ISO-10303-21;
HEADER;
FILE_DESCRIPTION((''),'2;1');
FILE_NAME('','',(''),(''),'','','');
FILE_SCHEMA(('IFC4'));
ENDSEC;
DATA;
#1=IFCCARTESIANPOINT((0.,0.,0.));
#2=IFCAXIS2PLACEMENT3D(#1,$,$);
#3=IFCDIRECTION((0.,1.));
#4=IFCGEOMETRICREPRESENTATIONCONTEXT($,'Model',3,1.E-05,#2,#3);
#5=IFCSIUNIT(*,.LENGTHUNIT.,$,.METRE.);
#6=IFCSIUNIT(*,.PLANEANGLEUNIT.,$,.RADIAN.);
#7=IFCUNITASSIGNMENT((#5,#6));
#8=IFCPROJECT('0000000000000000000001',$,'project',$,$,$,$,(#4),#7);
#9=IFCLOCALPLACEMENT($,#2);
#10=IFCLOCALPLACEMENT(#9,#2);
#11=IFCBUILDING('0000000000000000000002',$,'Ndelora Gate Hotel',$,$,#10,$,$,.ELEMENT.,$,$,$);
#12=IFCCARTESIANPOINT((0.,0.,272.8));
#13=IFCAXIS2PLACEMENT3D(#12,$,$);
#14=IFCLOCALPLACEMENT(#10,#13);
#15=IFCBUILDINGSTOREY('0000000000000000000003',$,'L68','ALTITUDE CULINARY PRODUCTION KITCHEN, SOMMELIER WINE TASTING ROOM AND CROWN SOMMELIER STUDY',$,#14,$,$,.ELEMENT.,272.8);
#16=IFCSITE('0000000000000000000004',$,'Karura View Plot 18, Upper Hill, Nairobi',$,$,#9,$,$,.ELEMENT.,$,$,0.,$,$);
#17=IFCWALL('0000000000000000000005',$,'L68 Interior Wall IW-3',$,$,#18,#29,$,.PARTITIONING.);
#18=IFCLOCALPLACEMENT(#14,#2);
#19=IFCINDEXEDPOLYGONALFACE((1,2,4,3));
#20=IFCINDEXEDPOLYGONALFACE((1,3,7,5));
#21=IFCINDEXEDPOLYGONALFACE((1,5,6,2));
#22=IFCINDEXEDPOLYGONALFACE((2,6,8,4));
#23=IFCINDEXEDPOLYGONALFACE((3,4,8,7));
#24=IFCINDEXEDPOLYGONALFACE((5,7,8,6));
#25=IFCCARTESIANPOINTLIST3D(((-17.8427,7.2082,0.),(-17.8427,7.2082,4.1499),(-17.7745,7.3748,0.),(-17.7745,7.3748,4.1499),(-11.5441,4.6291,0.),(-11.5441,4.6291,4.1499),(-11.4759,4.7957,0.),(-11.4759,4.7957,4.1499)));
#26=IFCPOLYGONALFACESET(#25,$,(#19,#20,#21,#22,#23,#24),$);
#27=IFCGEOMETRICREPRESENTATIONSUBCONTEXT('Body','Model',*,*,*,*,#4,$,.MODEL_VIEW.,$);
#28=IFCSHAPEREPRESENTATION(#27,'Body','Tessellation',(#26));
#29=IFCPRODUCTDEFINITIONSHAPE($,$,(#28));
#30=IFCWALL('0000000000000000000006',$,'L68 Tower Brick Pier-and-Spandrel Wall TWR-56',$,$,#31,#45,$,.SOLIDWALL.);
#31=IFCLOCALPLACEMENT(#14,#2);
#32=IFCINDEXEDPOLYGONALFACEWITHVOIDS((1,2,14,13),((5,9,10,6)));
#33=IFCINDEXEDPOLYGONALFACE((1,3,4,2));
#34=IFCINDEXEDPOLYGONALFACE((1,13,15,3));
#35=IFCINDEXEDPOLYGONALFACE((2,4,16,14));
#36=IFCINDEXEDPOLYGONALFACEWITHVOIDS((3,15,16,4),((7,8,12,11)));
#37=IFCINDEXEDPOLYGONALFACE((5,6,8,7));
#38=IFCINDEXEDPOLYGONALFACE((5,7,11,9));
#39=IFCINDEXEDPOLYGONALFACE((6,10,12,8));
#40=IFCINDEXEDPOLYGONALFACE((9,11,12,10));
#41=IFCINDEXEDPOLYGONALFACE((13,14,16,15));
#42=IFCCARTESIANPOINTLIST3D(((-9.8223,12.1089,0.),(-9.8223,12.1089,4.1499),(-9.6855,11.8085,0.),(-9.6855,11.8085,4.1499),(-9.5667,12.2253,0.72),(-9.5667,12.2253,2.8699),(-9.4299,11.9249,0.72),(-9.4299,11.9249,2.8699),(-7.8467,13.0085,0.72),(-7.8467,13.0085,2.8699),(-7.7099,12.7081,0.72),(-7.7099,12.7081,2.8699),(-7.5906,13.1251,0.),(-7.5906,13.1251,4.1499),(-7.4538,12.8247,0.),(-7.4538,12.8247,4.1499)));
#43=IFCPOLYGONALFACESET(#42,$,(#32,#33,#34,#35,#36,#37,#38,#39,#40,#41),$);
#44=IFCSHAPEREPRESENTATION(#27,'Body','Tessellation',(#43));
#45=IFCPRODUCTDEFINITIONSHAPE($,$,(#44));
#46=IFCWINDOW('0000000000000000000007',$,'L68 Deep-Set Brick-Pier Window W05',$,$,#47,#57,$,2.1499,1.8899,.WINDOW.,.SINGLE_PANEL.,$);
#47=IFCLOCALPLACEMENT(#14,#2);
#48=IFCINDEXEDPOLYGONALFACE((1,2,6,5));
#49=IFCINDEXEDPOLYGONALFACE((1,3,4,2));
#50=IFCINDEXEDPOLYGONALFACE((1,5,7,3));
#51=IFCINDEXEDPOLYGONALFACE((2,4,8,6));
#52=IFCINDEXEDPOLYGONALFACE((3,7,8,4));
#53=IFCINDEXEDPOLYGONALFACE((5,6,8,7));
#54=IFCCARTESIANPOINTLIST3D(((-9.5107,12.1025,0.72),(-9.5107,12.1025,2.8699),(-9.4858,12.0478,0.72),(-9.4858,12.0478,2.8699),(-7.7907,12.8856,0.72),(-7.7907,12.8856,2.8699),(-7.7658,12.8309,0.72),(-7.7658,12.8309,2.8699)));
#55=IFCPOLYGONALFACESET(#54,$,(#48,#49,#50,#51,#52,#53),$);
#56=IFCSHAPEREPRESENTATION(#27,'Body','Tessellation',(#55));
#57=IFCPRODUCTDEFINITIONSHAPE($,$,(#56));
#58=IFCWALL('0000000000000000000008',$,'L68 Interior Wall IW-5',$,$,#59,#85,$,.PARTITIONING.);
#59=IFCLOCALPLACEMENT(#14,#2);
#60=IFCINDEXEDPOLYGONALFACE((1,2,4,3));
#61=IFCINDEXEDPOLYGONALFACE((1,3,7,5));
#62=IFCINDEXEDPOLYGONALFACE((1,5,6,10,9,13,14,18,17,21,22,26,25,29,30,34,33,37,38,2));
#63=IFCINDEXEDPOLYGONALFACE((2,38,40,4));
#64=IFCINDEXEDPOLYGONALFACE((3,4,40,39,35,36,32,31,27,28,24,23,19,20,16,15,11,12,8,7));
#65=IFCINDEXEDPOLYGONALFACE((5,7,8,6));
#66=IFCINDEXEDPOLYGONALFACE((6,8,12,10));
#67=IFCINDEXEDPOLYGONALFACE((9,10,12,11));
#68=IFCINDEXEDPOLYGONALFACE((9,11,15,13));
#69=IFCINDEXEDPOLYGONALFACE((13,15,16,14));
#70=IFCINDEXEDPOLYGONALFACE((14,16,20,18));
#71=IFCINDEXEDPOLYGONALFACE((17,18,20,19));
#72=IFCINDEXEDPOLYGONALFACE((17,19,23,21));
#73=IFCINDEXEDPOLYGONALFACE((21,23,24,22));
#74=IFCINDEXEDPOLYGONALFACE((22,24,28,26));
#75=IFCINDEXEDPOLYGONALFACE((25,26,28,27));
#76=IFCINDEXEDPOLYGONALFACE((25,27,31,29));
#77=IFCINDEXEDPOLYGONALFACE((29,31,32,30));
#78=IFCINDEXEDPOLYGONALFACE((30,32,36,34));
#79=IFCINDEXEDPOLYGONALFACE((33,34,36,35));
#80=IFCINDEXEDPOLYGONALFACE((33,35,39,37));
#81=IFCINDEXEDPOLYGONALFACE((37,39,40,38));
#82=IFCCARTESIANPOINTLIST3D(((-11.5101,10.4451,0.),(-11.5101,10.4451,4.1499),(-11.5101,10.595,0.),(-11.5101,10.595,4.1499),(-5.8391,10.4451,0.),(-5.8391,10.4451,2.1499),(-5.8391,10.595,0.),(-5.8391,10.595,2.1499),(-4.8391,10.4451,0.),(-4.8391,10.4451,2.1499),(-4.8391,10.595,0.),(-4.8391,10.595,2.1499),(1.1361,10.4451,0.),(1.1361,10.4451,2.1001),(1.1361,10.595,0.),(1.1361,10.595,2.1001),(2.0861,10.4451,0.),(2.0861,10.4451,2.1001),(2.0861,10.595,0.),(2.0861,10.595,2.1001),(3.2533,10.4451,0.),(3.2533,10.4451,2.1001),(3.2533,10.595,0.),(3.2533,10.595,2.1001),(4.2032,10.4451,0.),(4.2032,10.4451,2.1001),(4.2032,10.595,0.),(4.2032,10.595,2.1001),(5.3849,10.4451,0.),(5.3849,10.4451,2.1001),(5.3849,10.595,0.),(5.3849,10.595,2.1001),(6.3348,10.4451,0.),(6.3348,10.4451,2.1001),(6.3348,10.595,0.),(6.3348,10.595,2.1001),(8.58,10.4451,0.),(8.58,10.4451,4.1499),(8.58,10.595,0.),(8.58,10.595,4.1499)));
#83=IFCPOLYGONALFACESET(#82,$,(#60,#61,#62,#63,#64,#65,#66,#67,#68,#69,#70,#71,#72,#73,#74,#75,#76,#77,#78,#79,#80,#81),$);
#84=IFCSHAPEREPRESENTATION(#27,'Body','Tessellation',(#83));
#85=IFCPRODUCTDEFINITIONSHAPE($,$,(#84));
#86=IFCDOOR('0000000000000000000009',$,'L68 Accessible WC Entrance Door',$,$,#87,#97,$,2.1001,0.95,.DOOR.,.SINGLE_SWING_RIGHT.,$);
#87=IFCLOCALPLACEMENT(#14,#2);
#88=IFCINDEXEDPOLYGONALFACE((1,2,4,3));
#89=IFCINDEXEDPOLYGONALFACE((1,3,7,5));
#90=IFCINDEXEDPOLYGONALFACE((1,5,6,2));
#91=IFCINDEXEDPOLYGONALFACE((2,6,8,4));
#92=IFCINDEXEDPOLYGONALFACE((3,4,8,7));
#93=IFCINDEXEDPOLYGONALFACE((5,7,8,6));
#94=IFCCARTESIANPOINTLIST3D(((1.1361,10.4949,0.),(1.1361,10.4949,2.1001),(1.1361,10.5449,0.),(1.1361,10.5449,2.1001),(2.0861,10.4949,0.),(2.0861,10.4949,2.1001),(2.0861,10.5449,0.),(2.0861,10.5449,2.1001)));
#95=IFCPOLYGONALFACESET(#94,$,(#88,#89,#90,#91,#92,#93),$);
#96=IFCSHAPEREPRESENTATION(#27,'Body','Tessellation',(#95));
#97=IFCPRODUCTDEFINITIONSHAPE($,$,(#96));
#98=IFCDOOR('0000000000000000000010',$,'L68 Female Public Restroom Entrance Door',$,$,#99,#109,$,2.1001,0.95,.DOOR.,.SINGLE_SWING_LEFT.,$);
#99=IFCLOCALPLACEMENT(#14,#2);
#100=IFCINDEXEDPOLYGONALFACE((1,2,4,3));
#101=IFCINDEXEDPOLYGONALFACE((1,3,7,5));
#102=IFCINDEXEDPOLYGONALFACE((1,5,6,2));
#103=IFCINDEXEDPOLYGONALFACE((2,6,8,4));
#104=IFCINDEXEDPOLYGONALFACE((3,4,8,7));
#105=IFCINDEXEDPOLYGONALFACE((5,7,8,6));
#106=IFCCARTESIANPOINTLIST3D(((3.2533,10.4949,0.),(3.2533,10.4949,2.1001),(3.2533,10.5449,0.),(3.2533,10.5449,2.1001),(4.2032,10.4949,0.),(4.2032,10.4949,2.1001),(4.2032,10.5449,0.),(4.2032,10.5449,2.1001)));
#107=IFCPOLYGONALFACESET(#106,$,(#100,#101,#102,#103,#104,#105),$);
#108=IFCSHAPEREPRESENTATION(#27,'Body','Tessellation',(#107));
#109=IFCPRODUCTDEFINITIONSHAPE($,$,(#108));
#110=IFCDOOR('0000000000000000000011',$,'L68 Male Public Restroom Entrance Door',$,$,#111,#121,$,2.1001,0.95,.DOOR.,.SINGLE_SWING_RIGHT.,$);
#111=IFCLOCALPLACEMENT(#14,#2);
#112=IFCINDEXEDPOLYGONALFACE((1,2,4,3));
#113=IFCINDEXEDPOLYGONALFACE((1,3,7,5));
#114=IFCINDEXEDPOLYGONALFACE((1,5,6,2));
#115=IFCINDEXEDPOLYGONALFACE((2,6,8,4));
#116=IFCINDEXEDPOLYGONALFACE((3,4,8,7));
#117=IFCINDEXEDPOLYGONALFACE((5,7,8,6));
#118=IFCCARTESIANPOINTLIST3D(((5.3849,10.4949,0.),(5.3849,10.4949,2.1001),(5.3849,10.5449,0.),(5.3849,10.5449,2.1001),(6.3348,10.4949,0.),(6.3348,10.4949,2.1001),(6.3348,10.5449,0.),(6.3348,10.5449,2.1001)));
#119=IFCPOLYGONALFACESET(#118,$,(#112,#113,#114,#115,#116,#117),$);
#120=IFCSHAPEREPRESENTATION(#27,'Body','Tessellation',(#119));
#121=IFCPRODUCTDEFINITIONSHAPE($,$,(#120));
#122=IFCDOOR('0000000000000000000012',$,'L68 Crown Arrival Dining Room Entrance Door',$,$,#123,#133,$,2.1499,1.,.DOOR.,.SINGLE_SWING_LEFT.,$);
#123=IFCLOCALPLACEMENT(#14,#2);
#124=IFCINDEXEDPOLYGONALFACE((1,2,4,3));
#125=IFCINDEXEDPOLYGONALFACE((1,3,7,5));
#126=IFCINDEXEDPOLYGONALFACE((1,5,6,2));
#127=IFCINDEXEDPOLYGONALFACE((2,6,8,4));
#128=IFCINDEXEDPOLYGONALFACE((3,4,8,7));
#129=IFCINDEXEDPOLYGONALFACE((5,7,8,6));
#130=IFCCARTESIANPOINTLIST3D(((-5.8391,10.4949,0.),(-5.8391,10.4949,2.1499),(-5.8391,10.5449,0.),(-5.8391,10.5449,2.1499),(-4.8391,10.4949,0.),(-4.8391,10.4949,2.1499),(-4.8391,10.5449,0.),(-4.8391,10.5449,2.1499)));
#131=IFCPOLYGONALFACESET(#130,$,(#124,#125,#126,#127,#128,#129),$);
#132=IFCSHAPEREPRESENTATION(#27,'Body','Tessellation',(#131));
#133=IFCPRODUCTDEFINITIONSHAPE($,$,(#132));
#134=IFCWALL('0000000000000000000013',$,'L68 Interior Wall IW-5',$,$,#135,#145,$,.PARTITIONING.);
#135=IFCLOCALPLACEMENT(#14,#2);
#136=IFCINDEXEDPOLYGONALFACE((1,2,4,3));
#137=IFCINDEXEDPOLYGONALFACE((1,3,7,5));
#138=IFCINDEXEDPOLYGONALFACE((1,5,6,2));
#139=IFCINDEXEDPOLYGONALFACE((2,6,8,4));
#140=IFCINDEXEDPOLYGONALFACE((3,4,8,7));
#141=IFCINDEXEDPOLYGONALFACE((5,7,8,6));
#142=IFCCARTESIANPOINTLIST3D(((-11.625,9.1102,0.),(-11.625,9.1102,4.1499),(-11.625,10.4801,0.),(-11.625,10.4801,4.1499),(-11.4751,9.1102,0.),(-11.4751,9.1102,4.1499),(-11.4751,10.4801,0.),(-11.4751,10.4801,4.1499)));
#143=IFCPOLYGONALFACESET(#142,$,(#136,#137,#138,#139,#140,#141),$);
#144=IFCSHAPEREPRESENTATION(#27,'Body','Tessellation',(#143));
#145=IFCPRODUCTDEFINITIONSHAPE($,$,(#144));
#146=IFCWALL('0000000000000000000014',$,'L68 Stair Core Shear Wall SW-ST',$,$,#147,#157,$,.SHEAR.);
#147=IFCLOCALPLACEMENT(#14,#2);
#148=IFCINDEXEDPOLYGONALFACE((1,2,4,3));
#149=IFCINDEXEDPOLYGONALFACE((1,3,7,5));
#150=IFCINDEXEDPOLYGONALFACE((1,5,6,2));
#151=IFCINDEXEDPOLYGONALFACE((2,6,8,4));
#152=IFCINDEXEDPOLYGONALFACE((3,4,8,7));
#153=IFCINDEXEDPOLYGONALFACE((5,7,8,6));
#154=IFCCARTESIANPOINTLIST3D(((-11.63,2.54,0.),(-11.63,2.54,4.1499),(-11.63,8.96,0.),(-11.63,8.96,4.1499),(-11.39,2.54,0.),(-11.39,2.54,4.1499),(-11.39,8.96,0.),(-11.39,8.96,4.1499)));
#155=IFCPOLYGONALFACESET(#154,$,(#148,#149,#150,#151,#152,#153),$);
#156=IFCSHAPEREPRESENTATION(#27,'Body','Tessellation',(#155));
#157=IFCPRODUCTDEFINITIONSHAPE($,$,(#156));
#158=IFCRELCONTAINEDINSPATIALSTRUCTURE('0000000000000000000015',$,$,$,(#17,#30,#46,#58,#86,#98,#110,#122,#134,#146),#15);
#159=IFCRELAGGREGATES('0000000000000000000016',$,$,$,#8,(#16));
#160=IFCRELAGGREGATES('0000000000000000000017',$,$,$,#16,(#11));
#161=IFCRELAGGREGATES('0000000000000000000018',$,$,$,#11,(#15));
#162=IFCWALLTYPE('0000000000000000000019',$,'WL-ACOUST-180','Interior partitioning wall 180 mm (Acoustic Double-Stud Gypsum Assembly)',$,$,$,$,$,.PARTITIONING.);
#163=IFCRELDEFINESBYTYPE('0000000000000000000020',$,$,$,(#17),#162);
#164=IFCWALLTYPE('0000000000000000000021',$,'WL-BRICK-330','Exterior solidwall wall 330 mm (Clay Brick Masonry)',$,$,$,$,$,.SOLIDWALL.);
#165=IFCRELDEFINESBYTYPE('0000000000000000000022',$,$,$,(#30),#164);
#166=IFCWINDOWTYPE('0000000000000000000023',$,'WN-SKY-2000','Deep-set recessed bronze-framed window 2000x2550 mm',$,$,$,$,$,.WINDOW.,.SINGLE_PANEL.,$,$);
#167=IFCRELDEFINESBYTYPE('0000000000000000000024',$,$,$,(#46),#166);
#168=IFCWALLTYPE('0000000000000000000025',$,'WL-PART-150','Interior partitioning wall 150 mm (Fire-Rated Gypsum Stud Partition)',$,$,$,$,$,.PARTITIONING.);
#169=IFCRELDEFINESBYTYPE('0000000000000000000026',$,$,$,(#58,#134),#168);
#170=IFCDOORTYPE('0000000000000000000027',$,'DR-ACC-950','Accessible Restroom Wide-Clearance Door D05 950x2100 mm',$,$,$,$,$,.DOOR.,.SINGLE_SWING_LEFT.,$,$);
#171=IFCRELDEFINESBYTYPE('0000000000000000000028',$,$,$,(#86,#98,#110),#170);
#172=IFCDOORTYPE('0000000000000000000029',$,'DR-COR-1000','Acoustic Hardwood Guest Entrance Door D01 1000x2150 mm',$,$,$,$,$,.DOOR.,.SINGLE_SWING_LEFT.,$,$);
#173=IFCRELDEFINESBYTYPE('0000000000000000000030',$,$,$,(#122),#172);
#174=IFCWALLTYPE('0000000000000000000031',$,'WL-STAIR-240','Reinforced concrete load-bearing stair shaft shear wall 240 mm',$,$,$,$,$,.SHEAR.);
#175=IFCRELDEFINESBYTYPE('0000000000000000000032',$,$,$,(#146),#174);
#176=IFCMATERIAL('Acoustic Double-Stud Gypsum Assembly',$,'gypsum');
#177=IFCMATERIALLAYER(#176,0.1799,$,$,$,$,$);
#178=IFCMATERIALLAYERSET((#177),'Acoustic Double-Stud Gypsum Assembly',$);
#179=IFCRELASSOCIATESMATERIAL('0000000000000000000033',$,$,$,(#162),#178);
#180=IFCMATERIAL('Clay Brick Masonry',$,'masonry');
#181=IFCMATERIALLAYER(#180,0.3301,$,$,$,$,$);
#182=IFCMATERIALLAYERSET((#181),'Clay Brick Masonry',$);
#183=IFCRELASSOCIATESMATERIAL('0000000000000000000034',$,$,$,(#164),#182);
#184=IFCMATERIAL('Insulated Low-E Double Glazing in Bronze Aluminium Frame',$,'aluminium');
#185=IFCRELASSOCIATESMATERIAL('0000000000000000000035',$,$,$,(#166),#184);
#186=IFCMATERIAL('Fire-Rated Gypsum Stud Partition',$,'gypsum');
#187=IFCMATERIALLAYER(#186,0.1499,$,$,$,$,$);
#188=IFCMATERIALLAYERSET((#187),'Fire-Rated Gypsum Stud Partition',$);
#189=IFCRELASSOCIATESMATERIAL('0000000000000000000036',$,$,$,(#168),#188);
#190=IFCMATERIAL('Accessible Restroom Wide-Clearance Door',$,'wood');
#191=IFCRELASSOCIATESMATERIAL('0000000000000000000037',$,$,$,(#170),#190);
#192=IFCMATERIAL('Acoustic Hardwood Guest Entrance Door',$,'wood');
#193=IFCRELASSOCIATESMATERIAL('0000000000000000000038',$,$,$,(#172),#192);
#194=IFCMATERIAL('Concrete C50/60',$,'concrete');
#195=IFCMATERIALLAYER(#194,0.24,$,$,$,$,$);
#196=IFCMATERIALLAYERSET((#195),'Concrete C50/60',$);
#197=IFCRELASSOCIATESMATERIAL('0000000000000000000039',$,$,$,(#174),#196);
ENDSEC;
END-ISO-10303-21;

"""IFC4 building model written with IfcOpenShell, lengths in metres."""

from ifc_helpers import new_model, si_unit, direction, frame, frame_2d, origin, place, context, subcontext, project, spatial, rectangle, extrude, material, layer, layer_set, type_object, element, fill, save


model = new_model("IFC4")

# Units and contexts
model_context = context("Model", 3, precision=1e-05, world=origin(), true_north=direction((0.0, 1.0)))
body_context = subcontext(model_context, "Body", "Model", "MODEL_VIEW")
ifc_project = project(units=[si_unit("LENGTHUNIT", "METRE"), si_unit("PLANEANGLEUNIT", "RADIAN")], contexts=[model_context])

# Site, building, storey
site_placement = place(None, origin())
site = spatial("IfcSite", under=ifc_project, at=site_placement, Name="Karura View Plot 18, Upper Hill, Nairobi", CompositionType="ELEMENT", RefElevation=0.0)
building_placement = place(site_placement, origin())
building = spatial("IfcBuilding", under=site, at=building_placement, Name="Ndelora Gate Hotel", CompositionType="ELEMENT")
storey_placement = place(building_placement, frame((0.0, 0.0, 272.8)))
storey = spatial("IfcBuildingStorey", under=building, at=storey_placement, Name="L68", Description="ALTITUDE CULINARY PRODUCTION KITCHEN, SOMMELIER WINE TASTING ROOM AND CROWN SOMMELIER STUDY", CompositionType="ELEMENT", Elevation=272.8)

# Wall
ifc_material_1 = material(Name="Acoustic Double-Stud Gypsum Assembly", Category="gypsum")
ifc_layer_1 = layer(ifc_material_1, 0.1799)
ifc_layer_set_1 = layer_set([ifc_layer_1], Name="Acoustic Double-Stud Gypsum Assembly")
wall_type_1 = type_object("IfcWallType", Name="WL-ACOUST-180", Description="Interior partitioning wall 180 mm (Acoustic Double-Stud Gypsum Assembly)", PredefinedType="PARTITIONING", material=ifc_layer_set_1)
wall_1_placement = place(storey_placement, frame((-11.51, 4.7124, 0.0), z_axis=(0.0, 0.0, 1.0), x_axis=(-0.925423, 0.378936, 0.0)))
element("IfcWall", 1, at=wall_1_placement, inside=storey, type_object=wall_type_1, Name="L68 Interior Wall IW-3", PredefinedType="PARTITIONING", context=body_context, shape_type="SweptSolid", body=[
    extrude(rectangle(XDim=6.8062, YDim=0.1799, at=frame_2d((3.4031, 0.0))), origin(), (0.0, 0.0, 1.0), 4.1499),
])

# Wall, opening, window
ifc_material_2 = material(Name="Clay Brick Masonry", Category="masonry")
ifc_layer_2 = layer(ifc_material_2, 0.3301)
ifc_layer_set_2 = layer_set([ifc_layer_2], Name="Clay Brick Masonry")
wall_type_2 = type_object("IfcWallType", Name="WL-BRICK-330", Description="Exterior solidwall wall 330 mm (Clay Brick Masonry)", PredefinedType="SOLIDWALL", material=ifc_layer_set_2)
wall_2_placement = place(storey_placement, frame((-9.7539, 11.9587, 0.0), z_axis=(0.0, 0.0, 1.0), x_axis=(0.910104, 0.41438, 0.0)))
wall_2 = element("IfcWall", 2, at=wall_2_placement, inside=storey, type_object=wall_type_2, Name="L68 Tower Brick Pier-and-Spandrel Wall TWR-56", PredefinedType="SOLIDWALL", context=body_context, shape_type="SweptSolid", body=[
    extrude(rectangle(XDim=2.4521, YDim=0.3301, at=frame_2d((1.2261, 0.0))), origin(), (0.0, 0.0, 1.0), 4.1499),
])
opening_1_placement = place(wall_2_placement, frame((0.281, 0.0, 0.72)))
opening_1 = element("IfcOpeningElement", 3, at=opening_1_placement, cuts=wall_2, PredefinedType="OPENING", context=body_context, shape_type="SweptSolid", body=[
    extrude(rectangle(XDim=1.8899, YDim=2.1499, at=frame_2d((0.9448, 1.075))), frame((0.0, 0.175, 0.0), z_axis=(0.0, -1.0, 0.0), x_axis=(1.0, 0.0, 0.0)), (0.0, 0.0, 1.0), 0.3501),
])
ifc_material_3 = material(Name="Insulated Low-E Double Glazing in Bronze Aluminium Frame", Category="aluminium")
window_type = type_object("IfcWindowType", Name="WN-SKY-2000", Description="Deep-set recessed bronze-framed window 2000x2550 mm", PartitioningType="SINGLE_PANEL", PredefinedType="WINDOW", material=ifc_material_3)
window_placement = place(opening_1_placement, origin())
window = element("IfcWindow", 4, at=window_placement, inside=storey, type_object=window_type, Name="L68 Deep-Set Brick-Pier Window W05", OverallHeight=2.1499, OverallWidth=1.8899, PartitioningType="SINGLE_PANEL", PredefinedType="WINDOW", context=body_context, shape_type="SweptSolid", body=[
    extrude(rectangle(XDim=1.8899, YDim=2.1499, at=frame_2d((0.9448, 1.075))), frame((0.0, 0.03, 0.0), z_axis=(0.0, -1.0, 0.0), x_axis=(1.0, 0.0, 0.0)), (0.0, 0.0, 1.0), 0.0601),
])
fill(opening_1, window)

# Wall, openings, doors
ifc_material_4 = material(Name="Fire-Rated Gypsum Stud Partition", Category="gypsum")
ifc_layer_3 = layer(ifc_material_4, 0.1499)
ifc_layer_set_3 = layer_set([ifc_layer_3], Name="Fire-Rated Gypsum Stud Partition")
wall_type_3 = type_object("IfcWallType", Name="WL-PART-150", Description="Interior partitioning wall 150 mm (Fire-Rated Gypsum Stud Partition)", PredefinedType="PARTITIONING", material=ifc_layer_set_3)
wall_3_placement = place(storey_placement, frame((-11.51, 10.52, 0.0), z_axis=(0.0, 0.0, 1.0), x_axis=(1.0, 0.0, 0.0)))
wall_3 = element("IfcWall", 5, at=wall_3_placement, inside=storey, type_object=wall_type_3, Name="L68 Interior Wall IW-5", PredefinedType="PARTITIONING", context=body_context, shape_type="SweptSolid", body=[
    extrude(rectangle(XDim=20.0901, YDim=0.1499, at=frame_2d((10.0449, 0.0))), origin(), (0.0, 0.0, 1.0), 4.1499),
])
opening_2_placement = place(wall_3_placement, frame((12.646, 0.0, 0.0)))
opening_2 = element("IfcOpeningElement", 6, at=opening_2_placement, cuts=wall_3, PredefinedType="OPENING", context=body_context, shape_type="SweptSolid", body=[
    extrude(rectangle(XDim=0.95, YDim=2.1001, at=frame_2d((0.4751, 1.05))), frame((0.0, 0.085, 0.0), z_axis=(0.0, -1.0, 0.0), x_axis=(1.0, 0.0, 0.0)), (0.0, 0.0, 1.0), 0.1699),
])
opening_3_placement = place(wall_3_placement, frame((14.7632, 0.0, 0.0)))
opening_3 = element("IfcOpeningElement", 7, at=opening_3_placement, cuts=wall_3, PredefinedType="OPENING", context=body_context, shape_type="SweptSolid", body=[
    extrude(rectangle(XDim=0.95, YDim=2.1001, at=frame_2d((0.4751, 1.05))), frame((0.0, 0.085, 0.0), z_axis=(0.0, -1.0, 0.0), x_axis=(1.0, 0.0, 0.0)), (0.0, 0.0, 1.0), 0.1699),
])
opening_4_placement = place(wall_3_placement, frame((16.8948, 0.0, 0.0)))
opening_4 = element("IfcOpeningElement", 8, at=opening_4_placement, cuts=wall_3, PredefinedType="OPENING", context=body_context, shape_type="SweptSolid", body=[
    extrude(rectangle(XDim=0.95, YDim=2.1001, at=frame_2d((0.4751, 1.05))), frame((0.0, 0.085, 0.0), z_axis=(0.0, -1.0, 0.0), x_axis=(1.0, 0.0, 0.0)), (0.0, 0.0, 1.0), 0.1699),
])
opening_5_placement = place(wall_3_placement, frame((5.6709, 0.0, 0.0)))
opening_5 = element("IfcOpeningElement", 9, at=opening_5_placement, cuts=wall_3, PredefinedType="OPENING", context=body_context, shape_type="SweptSolid", body=[
    extrude(rectangle(XDim=1.0, YDim=2.1499, at=frame_2d((0.5, 1.075))), frame((0.0, 0.085, 0.0), z_axis=(0.0, -1.0, 0.0), x_axis=(1.0, 0.0, 0.0)), (0.0, 0.0, 1.0), 0.1699),
])
ifc_material_5 = material(Name="Accessible Restroom Wide-Clearance Door", Category="wood")
door_type_1 = type_object("IfcDoorType", Name="DR-ACC-950", Description="Accessible Restroom Wide-Clearance Door D05 950x2100 mm", OperationType="SINGLE_SWING_LEFT", PredefinedType="DOOR", material=ifc_material_5)
door_1_placement = place(opening_2_placement, origin())
door_1 = element("IfcDoor", 10, at=door_1_placement, inside=storey, type_object=door_type_1, Name="L68 Accessible WC Entrance Door", OperationType="SINGLE_SWING_RIGHT", OverallHeight=2.1001, OverallWidth=0.95, PredefinedType="DOOR", context=body_context, shape_type="SweptSolid", body=[
    extrude(rectangle(XDim=0.95, YDim=2.1001, at=frame_2d((0.4751, 1.05))), frame((0.0, 0.0249, 0.0), z_axis=(0.0, -1.0, 0.0), x_axis=(1.0, 0.0, 0.0)), (0.0, 0.0, 1.0), 0.05),
])
fill(opening_2, door_1)
door_2_placement = place(opening_3_placement, origin())
door_2 = element("IfcDoor", 11, at=door_2_placement, inside=storey, type_object=door_type_1, Name="L68 Female Public Restroom Entrance Door", OperationType="SINGLE_SWING_LEFT", OverallHeight=2.1001, OverallWidth=0.95, PredefinedType="DOOR", context=body_context, shape_type="SweptSolid", body=[
    extrude(rectangle(XDim=0.95, YDim=2.1001, at=frame_2d((0.4751, 1.05))), frame((0.0, 0.0249, 0.0), z_axis=(0.0, -1.0, 0.0), x_axis=(1.0, 0.0, 0.0)), (0.0, 0.0, 1.0), 0.05),
])
fill(opening_3, door_2)
door_3_placement = place(opening_4_placement, origin())
door_3 = element("IfcDoor", 12, at=door_3_placement, inside=storey, type_object=door_type_1, Name="L68 Male Public Restroom Entrance Door", OperationType="SINGLE_SWING_RIGHT", OverallHeight=2.1001, OverallWidth=0.95, PredefinedType="DOOR", context=body_context, shape_type="SweptSolid", body=[
    extrude(rectangle(XDim=0.95, YDim=2.1001, at=frame_2d((0.4751, 1.05))), frame((0.0, 0.0249, 0.0), z_axis=(0.0, -1.0, 0.0), x_axis=(1.0, 0.0, 0.0)), (0.0, 0.0, 1.0), 0.05),
])
fill(opening_4, door_3)
ifc_material_6 = material(Name="Acoustic Hardwood Guest Entrance Door", Category="wood")
door_type_2 = type_object("IfcDoorType", Name="DR-COR-1000", Description="Acoustic Hardwood Guest Entrance Door D01 1000x2150 mm", OperationType="SINGLE_SWING_LEFT", PredefinedType="DOOR", material=ifc_material_6)
door_4_placement = place(opening_5_placement, origin())
door_4 = element("IfcDoor", 13, at=door_4_placement, inside=storey, type_object=door_type_2, Name="L68 Crown Arrival Dining Room Entrance Door", OperationType="SINGLE_SWING_LEFT", OverallHeight=2.1499, OverallWidth=1.0, PredefinedType="DOOR", context=body_context, shape_type="SweptSolid", body=[
    extrude(rectangle(XDim=1.0, YDim=2.1499, at=frame_2d((0.5, 1.075))), frame((0.0, 0.0249, 0.0), z_axis=(0.0, -1.0, 0.0), x_axis=(1.0, 0.0, 0.0)), (0.0, 0.0, 1.0), 0.05),
])
fill(opening_5, door_4)

# Walls
wall_4_placement = place(storey_placement, frame((-11.55, 9.1101, 0.0), z_axis=(0.0, 0.0, 1.0), x_axis=(0.0, 1.0, 0.0)))
element("IfcWall", 14, at=wall_4_placement, inside=storey, type_object=wall_type_3, Name="L68 Interior Wall IW-5", PredefinedType="PARTITIONING", context=body_context, shape_type="SweptSolid", body=[
    extrude(rectangle(XDim=1.3699, YDim=0.1499, at=frame_2d((0.6851, 0.0))), origin(), (0.0, 0.0, 1.0), 4.1499),
])
ifc_material_7 = material(Name="Concrete C50/60", Category="concrete")
ifc_layer_4 = layer(ifc_material_7, 0.24)
ifc_layer_set_4 = layer_set([ifc_layer_4], Name="Concrete C50/60")
wall_type_4 = type_object("IfcWallType", Name="WL-STAIR-240", Description="Reinforced concrete load-bearing stair shaft shear wall 240 mm", PredefinedType="SHEAR", material=ifc_layer_set_4)
wall_5_placement = place(storey_placement, frame((-11.51, 2.54, 0.0), z_axis=(0.0, 0.0, 1.0), x_axis=(0.0, 1.0, 0.0)))
element("IfcWall", 15, at=wall_5_placement, inside=storey, type_object=wall_type_4, Name="L68 Stair Core Shear Wall SW-ST", PredefinedType="SHEAR", context=body_context, shape_type="SweptSolid", body=[
    extrude(rectangle(XDim=6.4199, YDim=0.24, at=frame_2d((3.21, 0.0))), origin(), (0.0, 0.0, 1.0), 4.1499),
])

save(model, "model.ifc")
